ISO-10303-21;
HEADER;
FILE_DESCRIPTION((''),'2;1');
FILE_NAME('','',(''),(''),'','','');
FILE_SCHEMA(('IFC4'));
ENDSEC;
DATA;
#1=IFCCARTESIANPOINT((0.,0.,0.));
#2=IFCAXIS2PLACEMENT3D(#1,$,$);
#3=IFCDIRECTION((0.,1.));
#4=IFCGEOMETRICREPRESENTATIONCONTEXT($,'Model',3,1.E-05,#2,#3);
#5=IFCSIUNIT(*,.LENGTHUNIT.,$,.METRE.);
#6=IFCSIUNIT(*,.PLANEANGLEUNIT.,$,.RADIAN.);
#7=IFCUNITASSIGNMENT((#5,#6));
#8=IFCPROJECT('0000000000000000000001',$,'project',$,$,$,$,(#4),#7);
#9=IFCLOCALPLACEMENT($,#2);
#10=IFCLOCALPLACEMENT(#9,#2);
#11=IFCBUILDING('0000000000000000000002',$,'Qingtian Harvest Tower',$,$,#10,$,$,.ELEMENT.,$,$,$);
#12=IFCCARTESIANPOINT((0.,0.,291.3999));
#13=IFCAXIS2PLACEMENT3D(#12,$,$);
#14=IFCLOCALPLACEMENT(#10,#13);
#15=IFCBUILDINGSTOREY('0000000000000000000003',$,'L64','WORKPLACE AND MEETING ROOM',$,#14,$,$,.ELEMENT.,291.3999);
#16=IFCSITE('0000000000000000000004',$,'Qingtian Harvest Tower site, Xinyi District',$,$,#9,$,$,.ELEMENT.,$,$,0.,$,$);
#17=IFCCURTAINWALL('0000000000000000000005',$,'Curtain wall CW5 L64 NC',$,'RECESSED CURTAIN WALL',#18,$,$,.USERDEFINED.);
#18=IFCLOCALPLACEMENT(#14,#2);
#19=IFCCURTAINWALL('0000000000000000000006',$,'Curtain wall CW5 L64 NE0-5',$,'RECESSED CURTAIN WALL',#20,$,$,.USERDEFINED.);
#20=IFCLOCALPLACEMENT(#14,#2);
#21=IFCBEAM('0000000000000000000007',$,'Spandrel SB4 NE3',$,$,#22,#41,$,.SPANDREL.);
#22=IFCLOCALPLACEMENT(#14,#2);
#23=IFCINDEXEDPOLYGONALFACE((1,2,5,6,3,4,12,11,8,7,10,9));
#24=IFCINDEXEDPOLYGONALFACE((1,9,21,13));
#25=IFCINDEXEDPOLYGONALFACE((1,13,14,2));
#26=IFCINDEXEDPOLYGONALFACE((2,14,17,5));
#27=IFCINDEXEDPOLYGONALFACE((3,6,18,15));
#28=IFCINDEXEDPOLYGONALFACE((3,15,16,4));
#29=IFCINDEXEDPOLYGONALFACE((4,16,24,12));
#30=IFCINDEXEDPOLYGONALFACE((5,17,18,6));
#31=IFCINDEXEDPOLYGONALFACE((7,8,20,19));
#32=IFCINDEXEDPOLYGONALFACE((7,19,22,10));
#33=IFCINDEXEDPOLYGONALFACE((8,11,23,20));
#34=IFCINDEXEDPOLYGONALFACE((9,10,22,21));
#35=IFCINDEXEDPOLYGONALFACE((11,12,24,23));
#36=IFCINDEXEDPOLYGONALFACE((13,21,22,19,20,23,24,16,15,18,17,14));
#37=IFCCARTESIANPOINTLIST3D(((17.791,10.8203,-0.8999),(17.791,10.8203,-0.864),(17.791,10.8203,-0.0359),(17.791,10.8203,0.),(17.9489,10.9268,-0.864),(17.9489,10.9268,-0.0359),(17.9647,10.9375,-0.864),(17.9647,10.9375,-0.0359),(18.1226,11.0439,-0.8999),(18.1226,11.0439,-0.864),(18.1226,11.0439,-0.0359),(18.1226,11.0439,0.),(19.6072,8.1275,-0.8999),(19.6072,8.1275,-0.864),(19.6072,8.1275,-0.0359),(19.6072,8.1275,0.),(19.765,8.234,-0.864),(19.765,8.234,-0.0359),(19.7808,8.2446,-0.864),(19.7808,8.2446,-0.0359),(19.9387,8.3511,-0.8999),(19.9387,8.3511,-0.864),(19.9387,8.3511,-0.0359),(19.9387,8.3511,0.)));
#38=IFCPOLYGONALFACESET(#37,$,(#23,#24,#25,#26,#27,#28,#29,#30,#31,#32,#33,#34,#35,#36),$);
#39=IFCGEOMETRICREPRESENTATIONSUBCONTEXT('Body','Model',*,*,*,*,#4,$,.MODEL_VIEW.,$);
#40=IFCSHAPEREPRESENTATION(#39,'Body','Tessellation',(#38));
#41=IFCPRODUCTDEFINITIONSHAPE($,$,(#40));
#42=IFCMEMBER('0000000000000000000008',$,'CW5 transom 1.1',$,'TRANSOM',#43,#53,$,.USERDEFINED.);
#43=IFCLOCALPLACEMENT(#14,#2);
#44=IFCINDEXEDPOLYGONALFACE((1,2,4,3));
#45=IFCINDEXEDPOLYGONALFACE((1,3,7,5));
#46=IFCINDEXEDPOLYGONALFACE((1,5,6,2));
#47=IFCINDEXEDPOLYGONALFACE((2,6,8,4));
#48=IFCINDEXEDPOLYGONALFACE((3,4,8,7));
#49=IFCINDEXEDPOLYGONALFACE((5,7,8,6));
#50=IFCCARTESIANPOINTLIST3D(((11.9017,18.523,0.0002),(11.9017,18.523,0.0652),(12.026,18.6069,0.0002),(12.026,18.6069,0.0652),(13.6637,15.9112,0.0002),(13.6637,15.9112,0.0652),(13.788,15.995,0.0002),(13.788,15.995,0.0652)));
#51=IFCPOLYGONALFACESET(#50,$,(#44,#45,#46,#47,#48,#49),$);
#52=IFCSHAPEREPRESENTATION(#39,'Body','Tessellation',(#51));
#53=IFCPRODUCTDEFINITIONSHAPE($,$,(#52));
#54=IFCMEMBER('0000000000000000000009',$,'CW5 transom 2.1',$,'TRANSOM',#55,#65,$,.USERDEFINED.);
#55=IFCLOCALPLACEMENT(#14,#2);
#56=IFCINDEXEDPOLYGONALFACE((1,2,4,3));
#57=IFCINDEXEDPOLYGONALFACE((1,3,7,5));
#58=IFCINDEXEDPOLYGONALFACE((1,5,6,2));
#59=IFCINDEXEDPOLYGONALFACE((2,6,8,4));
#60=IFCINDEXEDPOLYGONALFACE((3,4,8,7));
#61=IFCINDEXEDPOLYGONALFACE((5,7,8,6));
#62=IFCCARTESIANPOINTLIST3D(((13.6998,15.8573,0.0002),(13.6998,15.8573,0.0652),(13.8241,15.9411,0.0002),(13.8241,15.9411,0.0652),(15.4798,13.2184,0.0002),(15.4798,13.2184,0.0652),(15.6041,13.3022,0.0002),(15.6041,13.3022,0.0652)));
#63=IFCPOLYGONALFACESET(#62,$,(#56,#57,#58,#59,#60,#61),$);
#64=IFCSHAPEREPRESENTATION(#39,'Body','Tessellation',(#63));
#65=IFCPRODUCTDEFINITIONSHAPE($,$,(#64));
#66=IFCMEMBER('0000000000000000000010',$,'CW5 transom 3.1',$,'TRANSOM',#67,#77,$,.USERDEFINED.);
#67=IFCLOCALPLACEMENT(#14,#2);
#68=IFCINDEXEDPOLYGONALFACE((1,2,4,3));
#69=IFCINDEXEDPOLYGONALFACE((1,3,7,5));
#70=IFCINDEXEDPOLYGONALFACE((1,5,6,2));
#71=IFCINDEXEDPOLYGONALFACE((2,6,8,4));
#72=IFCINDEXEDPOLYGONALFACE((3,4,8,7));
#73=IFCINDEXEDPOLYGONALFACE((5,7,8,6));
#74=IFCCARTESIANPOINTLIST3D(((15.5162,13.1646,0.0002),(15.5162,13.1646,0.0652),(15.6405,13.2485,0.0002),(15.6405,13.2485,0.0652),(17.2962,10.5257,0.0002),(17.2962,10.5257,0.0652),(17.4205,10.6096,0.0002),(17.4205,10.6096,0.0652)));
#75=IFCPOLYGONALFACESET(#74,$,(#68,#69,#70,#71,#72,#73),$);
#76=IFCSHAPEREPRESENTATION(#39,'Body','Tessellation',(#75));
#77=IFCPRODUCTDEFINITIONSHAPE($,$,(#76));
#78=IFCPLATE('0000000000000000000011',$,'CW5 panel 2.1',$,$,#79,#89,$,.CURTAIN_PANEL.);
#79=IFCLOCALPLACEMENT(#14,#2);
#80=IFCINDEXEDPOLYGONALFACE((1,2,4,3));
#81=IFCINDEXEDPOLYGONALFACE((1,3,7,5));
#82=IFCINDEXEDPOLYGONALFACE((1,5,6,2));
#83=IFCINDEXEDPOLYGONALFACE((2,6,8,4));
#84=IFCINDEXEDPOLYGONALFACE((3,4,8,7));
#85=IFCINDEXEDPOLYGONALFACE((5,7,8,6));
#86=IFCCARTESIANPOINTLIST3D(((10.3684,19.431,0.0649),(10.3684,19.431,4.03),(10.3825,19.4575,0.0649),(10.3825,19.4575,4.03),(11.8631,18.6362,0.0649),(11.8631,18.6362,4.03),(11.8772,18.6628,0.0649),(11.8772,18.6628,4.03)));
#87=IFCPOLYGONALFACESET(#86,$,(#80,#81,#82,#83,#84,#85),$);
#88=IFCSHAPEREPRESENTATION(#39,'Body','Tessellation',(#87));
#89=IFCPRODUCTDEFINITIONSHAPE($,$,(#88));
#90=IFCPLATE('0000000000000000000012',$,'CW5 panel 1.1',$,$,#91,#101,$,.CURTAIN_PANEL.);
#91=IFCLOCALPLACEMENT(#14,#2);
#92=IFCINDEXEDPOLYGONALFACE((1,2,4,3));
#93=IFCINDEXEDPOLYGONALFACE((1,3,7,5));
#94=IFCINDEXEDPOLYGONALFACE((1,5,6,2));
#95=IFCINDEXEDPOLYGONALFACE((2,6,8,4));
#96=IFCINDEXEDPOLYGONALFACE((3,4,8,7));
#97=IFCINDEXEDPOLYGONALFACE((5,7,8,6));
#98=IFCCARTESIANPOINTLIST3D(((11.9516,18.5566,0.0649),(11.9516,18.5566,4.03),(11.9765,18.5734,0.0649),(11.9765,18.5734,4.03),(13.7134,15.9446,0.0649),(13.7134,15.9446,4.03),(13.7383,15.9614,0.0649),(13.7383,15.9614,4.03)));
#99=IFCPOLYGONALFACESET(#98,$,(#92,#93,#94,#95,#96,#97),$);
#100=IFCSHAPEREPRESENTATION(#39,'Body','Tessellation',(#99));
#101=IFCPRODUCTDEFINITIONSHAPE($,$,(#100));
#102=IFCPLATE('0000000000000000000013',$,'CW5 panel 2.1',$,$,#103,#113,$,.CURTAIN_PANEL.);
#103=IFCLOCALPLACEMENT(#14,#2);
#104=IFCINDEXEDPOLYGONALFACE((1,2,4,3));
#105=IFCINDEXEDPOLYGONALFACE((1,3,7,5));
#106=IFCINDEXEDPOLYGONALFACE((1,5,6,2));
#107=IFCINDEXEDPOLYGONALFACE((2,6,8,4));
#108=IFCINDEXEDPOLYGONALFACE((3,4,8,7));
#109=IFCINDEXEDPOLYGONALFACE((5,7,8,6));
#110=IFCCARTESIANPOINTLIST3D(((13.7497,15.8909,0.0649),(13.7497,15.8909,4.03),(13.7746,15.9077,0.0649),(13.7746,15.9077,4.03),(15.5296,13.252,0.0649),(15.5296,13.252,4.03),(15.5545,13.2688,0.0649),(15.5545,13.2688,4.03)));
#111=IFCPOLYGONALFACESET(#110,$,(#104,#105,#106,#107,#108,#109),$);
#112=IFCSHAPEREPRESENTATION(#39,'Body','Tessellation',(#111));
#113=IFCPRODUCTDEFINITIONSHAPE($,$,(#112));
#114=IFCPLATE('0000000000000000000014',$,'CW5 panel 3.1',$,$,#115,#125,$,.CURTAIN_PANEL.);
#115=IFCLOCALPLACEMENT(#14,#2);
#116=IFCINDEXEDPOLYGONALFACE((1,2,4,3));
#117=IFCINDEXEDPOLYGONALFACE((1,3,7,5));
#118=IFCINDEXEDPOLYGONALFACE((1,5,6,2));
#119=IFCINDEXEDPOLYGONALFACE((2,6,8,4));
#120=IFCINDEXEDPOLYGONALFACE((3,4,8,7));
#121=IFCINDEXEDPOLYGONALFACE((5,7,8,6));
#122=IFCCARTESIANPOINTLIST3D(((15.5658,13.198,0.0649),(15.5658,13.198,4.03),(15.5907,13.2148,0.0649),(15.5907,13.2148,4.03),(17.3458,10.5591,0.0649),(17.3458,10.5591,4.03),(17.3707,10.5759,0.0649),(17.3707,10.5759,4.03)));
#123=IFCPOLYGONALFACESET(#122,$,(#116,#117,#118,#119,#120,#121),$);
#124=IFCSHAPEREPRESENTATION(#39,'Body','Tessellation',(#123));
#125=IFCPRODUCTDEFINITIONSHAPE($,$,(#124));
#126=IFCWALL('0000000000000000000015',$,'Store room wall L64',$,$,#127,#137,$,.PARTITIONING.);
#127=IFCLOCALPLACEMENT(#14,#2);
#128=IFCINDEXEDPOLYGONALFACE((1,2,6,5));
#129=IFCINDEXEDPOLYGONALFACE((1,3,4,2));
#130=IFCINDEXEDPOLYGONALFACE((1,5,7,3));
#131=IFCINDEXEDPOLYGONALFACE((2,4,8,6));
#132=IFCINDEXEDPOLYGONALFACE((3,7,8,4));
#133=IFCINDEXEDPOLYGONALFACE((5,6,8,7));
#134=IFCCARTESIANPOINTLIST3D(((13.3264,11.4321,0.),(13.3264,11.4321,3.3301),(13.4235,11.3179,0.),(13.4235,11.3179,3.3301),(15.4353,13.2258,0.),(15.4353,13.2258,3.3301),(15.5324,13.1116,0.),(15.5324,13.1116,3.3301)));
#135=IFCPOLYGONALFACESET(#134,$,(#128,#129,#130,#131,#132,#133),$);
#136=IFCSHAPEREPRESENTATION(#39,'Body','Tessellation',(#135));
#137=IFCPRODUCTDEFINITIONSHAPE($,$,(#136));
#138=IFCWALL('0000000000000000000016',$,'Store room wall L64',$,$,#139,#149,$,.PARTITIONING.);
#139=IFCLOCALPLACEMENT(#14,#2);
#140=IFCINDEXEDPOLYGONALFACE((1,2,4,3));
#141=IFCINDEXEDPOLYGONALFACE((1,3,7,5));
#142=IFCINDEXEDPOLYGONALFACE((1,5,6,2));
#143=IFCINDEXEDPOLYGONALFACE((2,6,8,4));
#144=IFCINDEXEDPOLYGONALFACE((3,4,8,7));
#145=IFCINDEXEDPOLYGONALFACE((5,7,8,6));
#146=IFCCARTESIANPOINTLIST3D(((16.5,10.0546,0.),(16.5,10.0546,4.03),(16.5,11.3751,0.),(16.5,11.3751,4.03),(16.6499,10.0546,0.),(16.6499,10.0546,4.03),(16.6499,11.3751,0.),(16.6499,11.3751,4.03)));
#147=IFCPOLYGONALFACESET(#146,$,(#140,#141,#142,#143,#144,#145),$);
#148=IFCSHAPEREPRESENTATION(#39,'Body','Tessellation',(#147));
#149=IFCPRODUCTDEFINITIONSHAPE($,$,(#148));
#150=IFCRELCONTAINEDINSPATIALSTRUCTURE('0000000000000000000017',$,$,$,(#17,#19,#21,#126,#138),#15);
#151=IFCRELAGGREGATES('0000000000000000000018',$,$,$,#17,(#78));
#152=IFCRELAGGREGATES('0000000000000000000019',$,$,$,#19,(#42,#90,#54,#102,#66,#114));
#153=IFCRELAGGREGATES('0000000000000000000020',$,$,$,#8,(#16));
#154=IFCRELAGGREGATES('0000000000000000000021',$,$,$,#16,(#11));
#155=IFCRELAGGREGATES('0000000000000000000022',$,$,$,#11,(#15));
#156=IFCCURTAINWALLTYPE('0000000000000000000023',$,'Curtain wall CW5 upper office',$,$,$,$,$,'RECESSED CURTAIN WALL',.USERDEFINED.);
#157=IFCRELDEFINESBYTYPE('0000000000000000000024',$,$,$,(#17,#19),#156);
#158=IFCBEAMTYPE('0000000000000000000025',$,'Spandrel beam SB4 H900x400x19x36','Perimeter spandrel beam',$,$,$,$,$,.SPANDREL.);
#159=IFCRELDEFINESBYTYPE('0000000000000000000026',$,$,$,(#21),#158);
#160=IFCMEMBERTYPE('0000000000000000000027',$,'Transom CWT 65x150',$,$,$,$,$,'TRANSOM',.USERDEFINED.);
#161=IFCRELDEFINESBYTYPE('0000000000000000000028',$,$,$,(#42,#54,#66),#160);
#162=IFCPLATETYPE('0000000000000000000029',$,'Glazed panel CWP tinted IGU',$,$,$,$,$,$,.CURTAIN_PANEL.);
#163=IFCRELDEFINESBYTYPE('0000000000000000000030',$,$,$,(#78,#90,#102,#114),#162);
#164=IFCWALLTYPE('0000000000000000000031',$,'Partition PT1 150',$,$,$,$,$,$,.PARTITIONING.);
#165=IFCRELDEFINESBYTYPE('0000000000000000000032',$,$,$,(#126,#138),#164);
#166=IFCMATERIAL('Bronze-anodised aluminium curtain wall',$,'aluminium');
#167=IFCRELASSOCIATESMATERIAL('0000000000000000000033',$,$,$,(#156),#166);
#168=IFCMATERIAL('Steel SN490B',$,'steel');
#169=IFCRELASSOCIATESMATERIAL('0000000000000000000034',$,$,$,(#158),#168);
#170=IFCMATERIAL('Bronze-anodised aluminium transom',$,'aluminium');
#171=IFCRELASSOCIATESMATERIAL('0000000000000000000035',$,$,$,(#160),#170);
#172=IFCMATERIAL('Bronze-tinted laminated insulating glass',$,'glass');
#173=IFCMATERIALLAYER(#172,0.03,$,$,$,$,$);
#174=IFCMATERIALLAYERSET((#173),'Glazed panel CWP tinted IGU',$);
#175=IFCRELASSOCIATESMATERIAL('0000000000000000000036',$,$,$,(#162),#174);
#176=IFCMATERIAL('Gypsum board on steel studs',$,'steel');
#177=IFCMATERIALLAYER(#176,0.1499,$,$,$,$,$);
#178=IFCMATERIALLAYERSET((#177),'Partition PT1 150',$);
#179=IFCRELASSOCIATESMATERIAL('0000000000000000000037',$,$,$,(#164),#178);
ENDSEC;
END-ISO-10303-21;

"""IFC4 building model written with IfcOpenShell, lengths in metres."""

from ifc_helpers import new_model, si_unit, direction, frame, frame_2d, origin, origin_2d, place, context, subcontext, project, spatial, rectangle, i_section, extrude, material, layer, layer_set, material_profile, profile_set, type_object, element, aggregate, save


model = new_model("IFC4")

# Units and contexts
model_context = context("Model", 3, precision=1e-05, world=origin(), true_north=direction((0.0, 1.0)))
body_context = subcontext(model_context, "Body", "Model", "MODEL_VIEW")
ifc_project = project(units=[si_unit("LENGTHUNIT", "METRE"), si_unit("PLANEANGLEUNIT", "RADIAN")], contexts=[model_context])

# Site, building, storey
site_placement = place(None, origin())
site = spatial("IfcSite", under=ifc_project, at=site_placement, Name="Qingtian Harvest Tower site, Xinyi District", CompositionType="ELEMENT", RefElevation=0.0)
building_placement = place(site_placement, origin())
building = spatial("IfcBuilding", under=site, at=building_placement, Name="Qingtian Harvest Tower", CompositionType="ELEMENT")
storey_placement = place(building_placement, frame((0.0, 0.0, 291.3999)))
storey = spatial("IfcBuildingStorey", under=building, at=storey_placement, Name="L64", Description="WORKPLACE AND MEETING ROOM", CompositionType="ELEMENT", Elevation=291.3999)

# Curtain wall
ifc_material_1 = material(Name="Bronze-anodised aluminium curtain wall", Category="aluminium")
curtain_wall_type = type_object("IfcCurtainWallType", Name="Curtain wall CW5 upper office", ElementType="RECESSED CURTAIN WALL", PredefinedType="USERDEFINED", material=ifc_material_1)
curtain_wall_1_placement = place(storey_placement, origin())
curtain_wall_1 = element("IfcCurtainWall", 1, at=curtain_wall_1_placement, inside=storey, type_object=curtain_wall_type, Name="Curtain wall CW5 L64 NC", ObjectType="RECESSED CURTAIN WALL", PredefinedType="USERDEFINED")

# Curtain wall
curtain_wall_2_placement = place(storey_placement, origin())
curtain_wall_2 = element("IfcCurtainWall", 2, at=curtain_wall_2_placement, inside=storey, type_object=curtain_wall_type, Name="Curtain wall CW5 L64 NE0-5", ObjectType="RECESSED CURTAIN WALL", PredefinedType="USERDEFINED")

# Beam
ifc_material_2 = material(Name="Steel SN490B", Category="steel")
ifc_material_profile_1 = material_profile(ifc_material_2, i_section(OverallWidth=0.3999, OverallDepth=0.8999, WebThickness=0.019, FlangeThickness=0.0359, at=origin_2d()), Name="H900x400x19x36")
ifc_profile_set_1 = profile_set([ifc_material_profile_1], Name="Steel SN490B")
beam_type_1 = type_object("IfcBeamType", Name="Spandrel beam SB4 H900x400x19x36", Description="Perimeter spandrel beam", PredefinedType="SPANDREL", material=ifc_profile_set_1)
beam_1_placement = place(storey_placement, frame((17.9568, 10.9321, -0.45), z_axis=(0.55915, -0.829066, 0.0), x_axis=(0.829066, 0.55915, 0.0)))
element("IfcBeam", 3, at=beam_1_placement, inside=storey, type_object=beam_type_1, Name="Spandrel SB4 NE3", PredefinedType="SPANDREL", context=body_context, shape_type="SweptSolid", body=[
    extrude(i_section(OverallWidth=0.3999, OverallDepth=0.8999, WebThickness=0.019, FlangeThickness=0.0359, at=origin_2d()), origin(), (0.0, 0.0, 1.0), 3.248),
])

# Members
ifc_material_3 = material(Name="Bronze-anodised aluminium transom", Category="aluminium")
ifc_material_profile_2 = material_profile(ifc_material_3, rectangle(XDim=0.1499, YDim=0.0649, at=origin_2d()), Name="AL 65x150")
ifc_profile_set_2 = profile_set([ifc_material_profile_2], Name="Bronze-anodised aluminium transom")
member_type_1 = type_object("IfcMemberType", Name="Transom CWT 65x150", ElementType="TRANSOM", PredefinedType="USERDEFINED", material=ifc_profile_set_2)
member_1_placement = place(storey_placement, frame((11.9639, 18.5649, 0.0327), z_axis=(0.559252, -0.828998, 0.0), x_axis=(0.828998, 0.559252, 0.0)))
member_1 = element("IfcMember", 4, at=member_1_placement, type_object=member_type_1, Name="CW5 transom 1.1", ObjectType="TRANSOM", PredefinedType="USERDEFINED", context=body_context, shape_type="SweptSolid", body=[
    extrude(rectangle(XDim=0.1499, YDim=0.0649, at=origin_2d()), origin(), (0.0, 0.0, 1.0), 3.1506),
])
member_2_placement = place(storey_placement, frame((13.762, 15.8992, 0.0327), z_axis=(0.559205, -0.829029, 0.0), x_axis=(0.829029, 0.559205, 0.0)))
member_2 = element("IfcMember", 5, at=member_2_placement, type_object=member_type_1, Name="CW5 transom 2.1", ObjectType="TRANSOM", PredefinedType="USERDEFINED", context=body_context, shape_type="SweptSolid", body=[
    extrude(rectangle(XDim=0.1499, YDim=0.0649, at=origin_2d()), origin(), (0.0, 0.0, 1.0), 3.1831),
])
member_3_placement = place(storey_placement, frame((15.5784, 13.2065, 0.0327), z_axis=(0.559205, -0.829029, 0.0), x_axis=(0.829029, 0.559205, 0.0)))
member_3 = element("IfcMember", 6, at=member_3_placement, type_object=member_type_1, Name="CW5 transom 3.1", ObjectType="TRANSOM", PredefinedType="USERDEFINED", context=body_context, shape_type="SweptSolid", body=[
    extrude(rectangle(XDim=0.1499, YDim=0.0649, at=origin_2d()), origin(), (0.0, 0.0, 1.0), 3.1831),
])

# Plates
ifc_material_4 = material(Name="Bronze-tinted laminated insulating glass", Category="glass")
ifc_layer_1 = layer(ifc_material_4, 0.03)
ifc_layer_set_1 = layer_set([ifc_layer_1], Name="Glazed panel CWP tinted IGU")
plate_type = type_object("IfcPlateType", Name="Glazed panel CWP tinted IGU", PredefinedType="CURTAIN_PANEL", material=ifc_layer_set_1)
plate_1_placement = place(storey_placement, frame((11.1228, 19.0469, 0.0649), z_axis=(0.0, 0.0, 1.0), x_axis=(0.882948, -0.469472, 0.0)))
plate_1 = element("IfcPlate", 7, at=plate_1_placement, type_object=plate_type, Name="CW5 panel 2.1", PredefinedType="CURTAIN_PANEL", context=body_context, shape_type="SweptSolid", body=[
    extrude(rectangle(XDim=1.6929, YDim=0.03, at=origin_2d()), origin(), (0.0, 0.0, 1.0), 3.9651),
])
aggregate(curtain_wall_1, [plate_1])
plate_2_placement = place(storey_placement, frame((12.845, 17.259, 0.0649), z_axis=(0.0, 0.0, 1.0), x_axis=(0.559193, -0.829038, 0.0)))
plate_2 = element("IfcPlate", 8, at=plate_2_placement, type_object=plate_type, Name="CW5 panel 1.1", PredefinedType="CURTAIN_PANEL", context=body_context, shape_type="SweptSolid", body=[
    extrude(rectangle(XDim=3.1506, YDim=0.03, at=origin_2d()), origin(), (0.0, 0.0, 1.0), 3.9651),
])
plate_3_placement = place(storey_placement, frame((14.6521, 14.5798, 0.0649), z_axis=(0.0, 0.0, 1.0), x_axis=(0.559193, -0.829038, 0.0)))
plate_3 = element("IfcPlate", 9, at=plate_3_placement, type_object=plate_type, Name="CW5 panel 2.1", PredefinedType="CURTAIN_PANEL", context=body_context, shape_type="SweptSolid", body=[
    extrude(rectangle(XDim=3.1831, YDim=0.03, at=origin_2d()), origin(), (0.0, 0.0, 1.0), 3.9651),
])
plate_4_placement = place(storey_placement, frame((16.4683, 11.887, 0.0649), z_axis=(0.0, 0.0, 1.0), x_axis=(0.559193, -0.829038, 0.0)))
plate_4 = element("IfcPlate", 10, at=plate_4_placement, type_object=plate_type, Name="CW5 panel 3.1", PredefinedType="CURTAIN_PANEL", context=body_context, shape_type="SweptSolid", body=[
    extrude(rectangle(XDim=3.1831, YDim=0.03, at=origin_2d()), origin(), (0.0, 0.0, 1.0), 3.9651),
])
aggregate(curtain_wall_2, [member_1, plate_2, member_2, plate_3, member_3, plate_4])

# Wall
ifc_material_5 = material(Name="Gypsum board on steel studs", Category="steel")
ifc_layer_2 = layer(ifc_material_5, 0.1499)
ifc_layer_set_2 = layer_set([ifc_layer_2], Name="Partition PT1 150")
wall_type = type_object("IfcWallType", Name="Partition PT1 150", PredefinedType="PARTITIONING", material=ifc_layer_set_2)
wall_1_placement = place(storey_placement, frame((15.4839, 13.1687, 0.0), z_axis=(0.0, 0.0, 1.0), x_axis=(-0.761735, -0.647889, 0.0)))
element("IfcWall", 11, at=wall_1_placement, inside=storey, type_object=wall_type, Name="Store room wall L64", PredefinedType="PARTITIONING", context=body_context, shape_type="SweptSolid", body=[
    extrude(rectangle(XDim=2.7686, YDim=0.1499, at=frame_2d((1.3843, 0.0))), origin(), (0.0, 0.0, 1.0), 3.3301),
])

# Wall
wall_2_placement = place(storey_placement, frame((16.575, 11.375, 0.0), z_axis=(0.0, 0.0, 1.0), x_axis=(0.0, -1.0, 0.0)))
element("IfcWall", 12, at=wall_2_placement, inside=storey, type_object=wall_type, Name="Store room wall L64", PredefinedType="PARTITIONING", context=body_context, shape_type="SweptSolid", body=[
    extrude(rectangle(XDim=1.3206, YDim=0.1499, at=frame_2d((0.6602, 0.0))), origin(), (0.0, 0.0, 1.0), 4.03),
])

save(model, "model.ifc")
